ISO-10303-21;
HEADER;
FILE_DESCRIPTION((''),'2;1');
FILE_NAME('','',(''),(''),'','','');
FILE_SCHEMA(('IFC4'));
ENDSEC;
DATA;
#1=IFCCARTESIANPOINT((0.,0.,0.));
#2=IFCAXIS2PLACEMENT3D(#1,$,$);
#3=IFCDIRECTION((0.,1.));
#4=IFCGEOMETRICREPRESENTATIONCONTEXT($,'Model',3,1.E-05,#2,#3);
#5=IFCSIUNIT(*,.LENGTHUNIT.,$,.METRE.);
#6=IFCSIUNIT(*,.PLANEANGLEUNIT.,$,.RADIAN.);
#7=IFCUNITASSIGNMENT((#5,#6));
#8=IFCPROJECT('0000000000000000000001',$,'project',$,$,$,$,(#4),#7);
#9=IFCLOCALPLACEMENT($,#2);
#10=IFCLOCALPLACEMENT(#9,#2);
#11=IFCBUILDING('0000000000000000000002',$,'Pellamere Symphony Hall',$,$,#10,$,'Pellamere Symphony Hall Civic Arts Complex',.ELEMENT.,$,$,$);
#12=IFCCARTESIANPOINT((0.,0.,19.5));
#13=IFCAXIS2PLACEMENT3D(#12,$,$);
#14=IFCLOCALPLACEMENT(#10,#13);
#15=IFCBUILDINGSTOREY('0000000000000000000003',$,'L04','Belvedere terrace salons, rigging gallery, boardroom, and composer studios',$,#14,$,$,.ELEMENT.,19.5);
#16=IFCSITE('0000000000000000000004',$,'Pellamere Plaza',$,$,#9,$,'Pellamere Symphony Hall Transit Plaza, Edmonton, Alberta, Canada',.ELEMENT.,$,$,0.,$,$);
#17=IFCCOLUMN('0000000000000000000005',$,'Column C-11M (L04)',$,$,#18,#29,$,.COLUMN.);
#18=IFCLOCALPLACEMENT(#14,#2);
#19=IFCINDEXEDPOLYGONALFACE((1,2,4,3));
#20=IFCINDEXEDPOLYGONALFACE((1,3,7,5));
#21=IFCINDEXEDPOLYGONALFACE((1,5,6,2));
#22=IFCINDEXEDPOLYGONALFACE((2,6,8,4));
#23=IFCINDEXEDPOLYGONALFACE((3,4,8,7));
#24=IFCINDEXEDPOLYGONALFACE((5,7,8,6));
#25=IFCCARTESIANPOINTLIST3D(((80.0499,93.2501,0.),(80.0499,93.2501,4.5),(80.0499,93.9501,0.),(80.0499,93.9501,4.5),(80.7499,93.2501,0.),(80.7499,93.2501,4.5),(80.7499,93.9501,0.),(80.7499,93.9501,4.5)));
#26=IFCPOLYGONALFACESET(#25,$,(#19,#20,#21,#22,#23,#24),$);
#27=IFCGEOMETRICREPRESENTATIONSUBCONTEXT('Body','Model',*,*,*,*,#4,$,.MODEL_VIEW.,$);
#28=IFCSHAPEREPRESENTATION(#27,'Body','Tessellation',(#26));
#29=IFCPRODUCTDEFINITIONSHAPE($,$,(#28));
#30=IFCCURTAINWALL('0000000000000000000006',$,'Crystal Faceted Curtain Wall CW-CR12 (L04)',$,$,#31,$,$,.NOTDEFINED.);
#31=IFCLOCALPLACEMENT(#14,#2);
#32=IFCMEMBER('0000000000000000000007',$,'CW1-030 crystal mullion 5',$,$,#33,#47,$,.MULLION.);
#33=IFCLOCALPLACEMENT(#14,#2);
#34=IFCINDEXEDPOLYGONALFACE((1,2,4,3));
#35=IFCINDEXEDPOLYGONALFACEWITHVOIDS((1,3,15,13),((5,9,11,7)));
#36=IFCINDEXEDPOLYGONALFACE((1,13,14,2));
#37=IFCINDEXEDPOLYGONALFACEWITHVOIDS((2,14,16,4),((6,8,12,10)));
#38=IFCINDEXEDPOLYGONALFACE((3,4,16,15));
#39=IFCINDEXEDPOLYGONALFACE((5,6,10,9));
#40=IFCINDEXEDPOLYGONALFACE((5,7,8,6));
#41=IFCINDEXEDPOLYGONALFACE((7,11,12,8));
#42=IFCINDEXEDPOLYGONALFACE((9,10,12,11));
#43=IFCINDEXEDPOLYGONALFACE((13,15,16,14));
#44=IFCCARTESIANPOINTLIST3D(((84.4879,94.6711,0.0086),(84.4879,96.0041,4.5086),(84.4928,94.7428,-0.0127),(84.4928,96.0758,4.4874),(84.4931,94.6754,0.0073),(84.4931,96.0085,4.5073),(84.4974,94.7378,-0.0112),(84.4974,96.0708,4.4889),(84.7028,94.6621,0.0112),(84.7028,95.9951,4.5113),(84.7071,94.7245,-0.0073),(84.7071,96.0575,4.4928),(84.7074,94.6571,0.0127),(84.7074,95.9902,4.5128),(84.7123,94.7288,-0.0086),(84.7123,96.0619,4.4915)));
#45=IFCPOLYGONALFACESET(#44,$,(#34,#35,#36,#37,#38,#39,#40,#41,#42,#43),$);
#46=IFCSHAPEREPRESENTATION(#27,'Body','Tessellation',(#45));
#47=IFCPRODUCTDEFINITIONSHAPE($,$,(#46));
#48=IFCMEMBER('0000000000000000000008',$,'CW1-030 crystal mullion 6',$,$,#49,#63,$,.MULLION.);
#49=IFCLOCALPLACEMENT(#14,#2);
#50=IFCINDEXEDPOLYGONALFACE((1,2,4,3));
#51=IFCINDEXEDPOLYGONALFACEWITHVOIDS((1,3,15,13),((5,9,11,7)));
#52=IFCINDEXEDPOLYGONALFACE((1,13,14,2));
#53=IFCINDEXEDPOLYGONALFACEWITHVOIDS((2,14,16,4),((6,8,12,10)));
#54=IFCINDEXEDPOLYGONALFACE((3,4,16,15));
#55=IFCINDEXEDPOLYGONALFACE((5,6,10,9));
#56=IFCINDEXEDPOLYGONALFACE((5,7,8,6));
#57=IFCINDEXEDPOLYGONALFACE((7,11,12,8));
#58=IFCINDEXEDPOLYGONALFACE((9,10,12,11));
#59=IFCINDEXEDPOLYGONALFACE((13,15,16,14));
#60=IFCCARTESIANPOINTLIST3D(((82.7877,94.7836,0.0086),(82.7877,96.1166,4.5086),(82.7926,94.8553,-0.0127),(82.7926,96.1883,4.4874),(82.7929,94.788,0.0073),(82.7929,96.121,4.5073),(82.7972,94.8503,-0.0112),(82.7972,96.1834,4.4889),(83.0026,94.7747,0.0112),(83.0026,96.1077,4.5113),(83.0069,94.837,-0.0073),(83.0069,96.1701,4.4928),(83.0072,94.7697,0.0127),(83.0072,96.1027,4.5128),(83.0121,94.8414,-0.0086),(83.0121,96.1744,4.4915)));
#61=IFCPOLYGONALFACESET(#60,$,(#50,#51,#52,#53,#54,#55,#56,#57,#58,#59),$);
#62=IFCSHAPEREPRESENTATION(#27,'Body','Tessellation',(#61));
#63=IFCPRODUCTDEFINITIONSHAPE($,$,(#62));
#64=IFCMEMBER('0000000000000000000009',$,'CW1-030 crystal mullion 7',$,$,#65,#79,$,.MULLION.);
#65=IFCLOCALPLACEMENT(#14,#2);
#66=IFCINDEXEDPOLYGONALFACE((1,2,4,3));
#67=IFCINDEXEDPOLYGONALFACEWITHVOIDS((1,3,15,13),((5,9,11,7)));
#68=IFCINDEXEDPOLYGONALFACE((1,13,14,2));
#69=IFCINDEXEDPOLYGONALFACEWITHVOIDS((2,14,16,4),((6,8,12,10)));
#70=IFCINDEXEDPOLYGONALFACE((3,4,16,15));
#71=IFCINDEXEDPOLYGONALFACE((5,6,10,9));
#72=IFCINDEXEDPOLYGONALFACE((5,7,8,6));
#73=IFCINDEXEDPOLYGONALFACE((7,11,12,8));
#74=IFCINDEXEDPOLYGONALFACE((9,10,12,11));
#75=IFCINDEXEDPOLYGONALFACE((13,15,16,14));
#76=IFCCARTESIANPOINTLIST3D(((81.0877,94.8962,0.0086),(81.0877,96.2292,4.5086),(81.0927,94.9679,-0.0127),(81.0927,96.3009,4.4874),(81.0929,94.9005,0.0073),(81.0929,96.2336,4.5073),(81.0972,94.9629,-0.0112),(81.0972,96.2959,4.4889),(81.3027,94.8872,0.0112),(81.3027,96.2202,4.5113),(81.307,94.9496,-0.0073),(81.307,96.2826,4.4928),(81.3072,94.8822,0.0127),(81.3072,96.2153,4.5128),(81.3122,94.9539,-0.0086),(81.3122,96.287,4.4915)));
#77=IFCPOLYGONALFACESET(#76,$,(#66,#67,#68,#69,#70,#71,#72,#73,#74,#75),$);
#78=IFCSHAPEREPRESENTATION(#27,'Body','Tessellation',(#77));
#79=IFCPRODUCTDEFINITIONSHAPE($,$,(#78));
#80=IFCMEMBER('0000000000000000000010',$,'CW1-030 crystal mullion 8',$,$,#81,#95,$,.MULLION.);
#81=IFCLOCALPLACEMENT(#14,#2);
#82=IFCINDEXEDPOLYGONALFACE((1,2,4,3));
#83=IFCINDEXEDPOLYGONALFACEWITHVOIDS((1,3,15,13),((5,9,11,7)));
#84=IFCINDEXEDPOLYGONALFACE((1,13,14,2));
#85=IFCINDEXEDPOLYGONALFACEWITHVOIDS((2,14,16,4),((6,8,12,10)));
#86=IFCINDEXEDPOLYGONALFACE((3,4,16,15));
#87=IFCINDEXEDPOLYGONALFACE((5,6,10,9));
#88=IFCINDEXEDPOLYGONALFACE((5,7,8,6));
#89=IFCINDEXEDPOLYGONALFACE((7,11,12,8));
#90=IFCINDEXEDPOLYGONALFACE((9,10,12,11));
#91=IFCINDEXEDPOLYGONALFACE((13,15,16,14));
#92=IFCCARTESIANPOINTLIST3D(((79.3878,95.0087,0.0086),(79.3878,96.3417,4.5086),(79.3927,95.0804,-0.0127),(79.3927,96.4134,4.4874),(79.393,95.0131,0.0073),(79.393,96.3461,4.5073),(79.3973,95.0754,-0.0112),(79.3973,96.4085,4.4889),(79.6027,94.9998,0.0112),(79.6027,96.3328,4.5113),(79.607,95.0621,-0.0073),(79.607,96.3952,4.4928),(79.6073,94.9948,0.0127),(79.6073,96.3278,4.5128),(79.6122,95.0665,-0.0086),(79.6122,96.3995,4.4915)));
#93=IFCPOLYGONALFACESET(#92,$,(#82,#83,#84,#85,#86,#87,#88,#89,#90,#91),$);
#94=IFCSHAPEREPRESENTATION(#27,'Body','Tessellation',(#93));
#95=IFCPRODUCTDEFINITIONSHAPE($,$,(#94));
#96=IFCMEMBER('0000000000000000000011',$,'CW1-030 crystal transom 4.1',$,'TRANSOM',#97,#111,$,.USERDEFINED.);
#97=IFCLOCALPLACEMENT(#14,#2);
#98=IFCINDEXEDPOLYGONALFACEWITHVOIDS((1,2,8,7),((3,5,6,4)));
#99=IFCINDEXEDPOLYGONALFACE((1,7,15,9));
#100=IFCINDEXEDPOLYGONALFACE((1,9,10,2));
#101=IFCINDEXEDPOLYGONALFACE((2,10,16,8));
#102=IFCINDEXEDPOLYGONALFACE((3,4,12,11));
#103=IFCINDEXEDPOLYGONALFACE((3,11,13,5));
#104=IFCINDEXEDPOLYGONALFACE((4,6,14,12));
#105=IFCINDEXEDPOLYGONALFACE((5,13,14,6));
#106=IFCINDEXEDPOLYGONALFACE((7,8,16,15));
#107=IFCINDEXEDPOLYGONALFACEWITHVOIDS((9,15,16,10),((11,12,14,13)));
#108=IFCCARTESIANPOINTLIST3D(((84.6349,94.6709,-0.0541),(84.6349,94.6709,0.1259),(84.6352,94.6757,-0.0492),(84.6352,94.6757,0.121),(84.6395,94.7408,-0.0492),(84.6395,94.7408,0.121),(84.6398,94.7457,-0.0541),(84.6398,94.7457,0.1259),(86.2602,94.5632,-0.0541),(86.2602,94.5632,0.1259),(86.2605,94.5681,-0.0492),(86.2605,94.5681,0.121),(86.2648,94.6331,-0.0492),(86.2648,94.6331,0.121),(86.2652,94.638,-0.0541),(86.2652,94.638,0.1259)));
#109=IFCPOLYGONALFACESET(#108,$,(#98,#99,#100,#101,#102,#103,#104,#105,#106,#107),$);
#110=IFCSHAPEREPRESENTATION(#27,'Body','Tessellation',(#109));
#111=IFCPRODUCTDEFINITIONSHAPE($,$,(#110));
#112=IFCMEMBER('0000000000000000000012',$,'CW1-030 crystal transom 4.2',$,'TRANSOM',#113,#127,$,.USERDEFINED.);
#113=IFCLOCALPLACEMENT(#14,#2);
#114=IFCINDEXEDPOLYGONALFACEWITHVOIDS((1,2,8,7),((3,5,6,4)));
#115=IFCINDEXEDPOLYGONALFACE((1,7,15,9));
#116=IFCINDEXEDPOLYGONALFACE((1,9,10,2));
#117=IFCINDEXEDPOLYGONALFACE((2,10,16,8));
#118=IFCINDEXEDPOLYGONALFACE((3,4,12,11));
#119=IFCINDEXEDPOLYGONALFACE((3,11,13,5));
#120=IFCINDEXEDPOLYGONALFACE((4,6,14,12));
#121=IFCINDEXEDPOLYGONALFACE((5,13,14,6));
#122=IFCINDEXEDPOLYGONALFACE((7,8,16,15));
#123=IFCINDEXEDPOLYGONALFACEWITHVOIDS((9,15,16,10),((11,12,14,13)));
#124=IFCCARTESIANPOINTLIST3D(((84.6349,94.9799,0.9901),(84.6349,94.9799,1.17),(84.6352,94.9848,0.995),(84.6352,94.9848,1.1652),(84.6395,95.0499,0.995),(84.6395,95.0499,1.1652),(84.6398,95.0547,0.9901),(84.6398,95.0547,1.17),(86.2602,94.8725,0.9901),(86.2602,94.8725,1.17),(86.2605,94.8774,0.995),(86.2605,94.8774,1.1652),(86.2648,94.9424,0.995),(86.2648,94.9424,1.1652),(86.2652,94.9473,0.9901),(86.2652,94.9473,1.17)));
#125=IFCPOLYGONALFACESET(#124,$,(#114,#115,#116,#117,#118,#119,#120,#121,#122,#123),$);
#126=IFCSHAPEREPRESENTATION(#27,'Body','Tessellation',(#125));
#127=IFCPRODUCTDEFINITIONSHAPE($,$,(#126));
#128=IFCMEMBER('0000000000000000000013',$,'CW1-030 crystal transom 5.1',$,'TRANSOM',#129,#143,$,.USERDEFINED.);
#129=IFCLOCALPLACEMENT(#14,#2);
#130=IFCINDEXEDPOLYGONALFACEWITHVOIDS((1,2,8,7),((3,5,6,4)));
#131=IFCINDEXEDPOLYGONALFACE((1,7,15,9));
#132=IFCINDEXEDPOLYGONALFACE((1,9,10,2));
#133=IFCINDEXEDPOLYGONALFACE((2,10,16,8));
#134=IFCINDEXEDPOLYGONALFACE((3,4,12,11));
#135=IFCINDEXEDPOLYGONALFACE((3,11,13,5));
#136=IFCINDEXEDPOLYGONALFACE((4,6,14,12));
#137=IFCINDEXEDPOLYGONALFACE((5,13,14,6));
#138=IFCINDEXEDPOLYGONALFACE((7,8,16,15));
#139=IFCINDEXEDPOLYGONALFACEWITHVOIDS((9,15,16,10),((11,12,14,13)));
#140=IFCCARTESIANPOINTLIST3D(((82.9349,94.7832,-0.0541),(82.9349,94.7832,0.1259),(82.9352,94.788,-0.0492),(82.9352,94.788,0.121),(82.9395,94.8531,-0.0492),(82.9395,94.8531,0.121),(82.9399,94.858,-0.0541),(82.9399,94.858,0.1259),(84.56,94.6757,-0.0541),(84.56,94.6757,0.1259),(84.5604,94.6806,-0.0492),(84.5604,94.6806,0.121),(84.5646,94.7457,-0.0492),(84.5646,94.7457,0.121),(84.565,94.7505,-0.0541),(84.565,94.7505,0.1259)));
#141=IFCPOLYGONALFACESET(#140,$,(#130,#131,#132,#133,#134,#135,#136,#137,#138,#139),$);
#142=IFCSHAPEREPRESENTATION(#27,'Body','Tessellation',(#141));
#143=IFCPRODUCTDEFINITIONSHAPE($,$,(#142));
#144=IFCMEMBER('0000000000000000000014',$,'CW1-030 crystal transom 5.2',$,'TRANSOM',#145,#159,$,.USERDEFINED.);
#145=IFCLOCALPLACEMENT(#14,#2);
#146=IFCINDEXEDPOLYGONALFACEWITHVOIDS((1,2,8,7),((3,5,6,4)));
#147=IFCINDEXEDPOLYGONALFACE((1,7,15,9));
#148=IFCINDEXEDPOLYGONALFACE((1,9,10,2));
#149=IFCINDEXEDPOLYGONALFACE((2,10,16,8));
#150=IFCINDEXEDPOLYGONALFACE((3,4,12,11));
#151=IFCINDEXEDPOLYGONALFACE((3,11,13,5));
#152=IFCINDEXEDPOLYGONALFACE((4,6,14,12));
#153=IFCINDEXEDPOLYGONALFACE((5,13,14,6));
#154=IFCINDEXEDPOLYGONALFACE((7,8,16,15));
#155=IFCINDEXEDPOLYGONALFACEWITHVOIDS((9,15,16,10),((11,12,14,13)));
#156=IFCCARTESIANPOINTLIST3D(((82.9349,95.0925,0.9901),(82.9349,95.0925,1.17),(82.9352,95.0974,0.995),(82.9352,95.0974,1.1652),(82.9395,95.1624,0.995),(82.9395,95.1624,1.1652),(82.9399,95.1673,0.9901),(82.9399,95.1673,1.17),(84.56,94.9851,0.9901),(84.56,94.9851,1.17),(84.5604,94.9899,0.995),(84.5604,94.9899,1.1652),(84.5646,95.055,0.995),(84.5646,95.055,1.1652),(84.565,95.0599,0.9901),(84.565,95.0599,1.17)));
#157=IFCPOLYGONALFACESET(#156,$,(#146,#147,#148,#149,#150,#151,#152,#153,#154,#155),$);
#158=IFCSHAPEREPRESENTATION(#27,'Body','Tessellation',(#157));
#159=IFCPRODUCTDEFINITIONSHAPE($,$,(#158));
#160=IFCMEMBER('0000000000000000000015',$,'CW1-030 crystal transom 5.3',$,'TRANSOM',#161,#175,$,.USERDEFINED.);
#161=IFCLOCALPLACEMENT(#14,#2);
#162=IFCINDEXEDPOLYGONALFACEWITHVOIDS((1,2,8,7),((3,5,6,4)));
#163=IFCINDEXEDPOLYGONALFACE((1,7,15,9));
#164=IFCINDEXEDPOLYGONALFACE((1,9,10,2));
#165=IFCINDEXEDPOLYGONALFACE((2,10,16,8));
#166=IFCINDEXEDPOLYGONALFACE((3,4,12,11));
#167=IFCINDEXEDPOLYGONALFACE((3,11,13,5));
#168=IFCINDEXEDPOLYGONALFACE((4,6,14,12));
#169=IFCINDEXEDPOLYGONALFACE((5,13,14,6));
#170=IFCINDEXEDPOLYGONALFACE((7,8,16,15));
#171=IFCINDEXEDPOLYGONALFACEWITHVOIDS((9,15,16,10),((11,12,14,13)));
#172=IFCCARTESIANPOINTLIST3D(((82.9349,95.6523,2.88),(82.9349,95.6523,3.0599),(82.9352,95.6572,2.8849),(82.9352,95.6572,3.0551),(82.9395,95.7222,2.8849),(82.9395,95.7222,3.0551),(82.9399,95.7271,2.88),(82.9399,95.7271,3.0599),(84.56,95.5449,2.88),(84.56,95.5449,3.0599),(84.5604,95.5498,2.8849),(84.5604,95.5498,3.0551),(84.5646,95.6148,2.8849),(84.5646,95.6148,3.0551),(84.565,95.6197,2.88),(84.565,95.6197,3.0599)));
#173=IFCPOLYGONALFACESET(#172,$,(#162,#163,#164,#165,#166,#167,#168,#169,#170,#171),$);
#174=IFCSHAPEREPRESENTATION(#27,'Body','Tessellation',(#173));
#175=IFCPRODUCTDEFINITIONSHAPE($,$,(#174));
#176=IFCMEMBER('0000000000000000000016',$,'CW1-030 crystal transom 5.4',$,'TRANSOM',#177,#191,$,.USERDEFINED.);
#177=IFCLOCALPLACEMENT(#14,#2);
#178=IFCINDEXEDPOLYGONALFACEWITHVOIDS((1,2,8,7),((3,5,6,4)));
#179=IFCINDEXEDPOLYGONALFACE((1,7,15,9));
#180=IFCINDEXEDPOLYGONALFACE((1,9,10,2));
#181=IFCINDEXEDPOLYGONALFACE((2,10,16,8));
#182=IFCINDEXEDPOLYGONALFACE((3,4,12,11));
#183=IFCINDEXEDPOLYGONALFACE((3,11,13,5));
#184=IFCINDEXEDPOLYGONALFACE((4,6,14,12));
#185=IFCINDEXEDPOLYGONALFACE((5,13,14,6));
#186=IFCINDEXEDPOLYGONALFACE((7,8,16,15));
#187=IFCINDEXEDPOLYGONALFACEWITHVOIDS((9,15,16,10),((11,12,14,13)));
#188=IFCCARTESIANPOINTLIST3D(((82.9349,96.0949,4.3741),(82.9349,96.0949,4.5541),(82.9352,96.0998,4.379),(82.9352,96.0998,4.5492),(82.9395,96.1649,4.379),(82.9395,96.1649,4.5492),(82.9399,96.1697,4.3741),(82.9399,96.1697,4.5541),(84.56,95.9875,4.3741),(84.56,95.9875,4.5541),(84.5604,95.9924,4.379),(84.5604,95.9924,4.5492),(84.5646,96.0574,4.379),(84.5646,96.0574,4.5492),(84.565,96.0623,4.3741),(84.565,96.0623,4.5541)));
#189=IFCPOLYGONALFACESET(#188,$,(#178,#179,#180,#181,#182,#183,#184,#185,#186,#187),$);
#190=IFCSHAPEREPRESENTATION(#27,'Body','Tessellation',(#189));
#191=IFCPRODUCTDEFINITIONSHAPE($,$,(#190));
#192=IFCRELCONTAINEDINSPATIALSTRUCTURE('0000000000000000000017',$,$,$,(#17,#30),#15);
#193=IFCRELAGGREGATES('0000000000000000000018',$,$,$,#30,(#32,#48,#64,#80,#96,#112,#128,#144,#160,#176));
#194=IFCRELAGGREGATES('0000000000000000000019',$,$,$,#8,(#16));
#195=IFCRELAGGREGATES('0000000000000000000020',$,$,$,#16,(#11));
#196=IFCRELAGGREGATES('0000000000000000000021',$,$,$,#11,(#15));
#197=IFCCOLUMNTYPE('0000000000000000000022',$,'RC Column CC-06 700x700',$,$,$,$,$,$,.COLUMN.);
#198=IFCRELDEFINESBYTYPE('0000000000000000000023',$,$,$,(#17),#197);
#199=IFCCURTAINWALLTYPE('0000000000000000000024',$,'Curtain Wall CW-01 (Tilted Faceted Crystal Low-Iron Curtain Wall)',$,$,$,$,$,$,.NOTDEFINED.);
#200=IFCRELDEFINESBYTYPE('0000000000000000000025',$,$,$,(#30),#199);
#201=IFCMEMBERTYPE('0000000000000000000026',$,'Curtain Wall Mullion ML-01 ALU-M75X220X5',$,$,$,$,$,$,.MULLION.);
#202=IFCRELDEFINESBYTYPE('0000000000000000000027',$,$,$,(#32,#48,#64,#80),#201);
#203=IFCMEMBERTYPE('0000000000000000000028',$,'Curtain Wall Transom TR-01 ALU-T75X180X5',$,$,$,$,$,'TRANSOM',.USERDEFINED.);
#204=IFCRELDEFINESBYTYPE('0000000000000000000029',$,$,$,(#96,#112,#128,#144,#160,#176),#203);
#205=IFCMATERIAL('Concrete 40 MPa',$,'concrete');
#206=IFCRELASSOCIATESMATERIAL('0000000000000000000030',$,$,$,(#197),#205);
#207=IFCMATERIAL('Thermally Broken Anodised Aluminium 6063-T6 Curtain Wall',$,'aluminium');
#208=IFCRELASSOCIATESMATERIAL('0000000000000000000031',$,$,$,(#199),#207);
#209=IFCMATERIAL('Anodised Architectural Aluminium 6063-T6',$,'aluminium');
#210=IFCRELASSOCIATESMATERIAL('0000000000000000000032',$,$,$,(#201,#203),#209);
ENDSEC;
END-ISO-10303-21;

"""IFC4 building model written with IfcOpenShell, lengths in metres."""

from ifc_helpers import new_model, si_unit, direction, frame, origin, origin_2d, place, context, subcontext, project, spatial, rectangle, hollow_rectangle, extrude, material, material_profile, profile_set, type_object, element, aggregate, save


model = new_model("IFC4")

# Units and contexts
model_context = context("Model", 3, precision=1e-05, world=origin(), true_north=direction((0.0, 1.0)))
body_context = subcontext(model_context, "Body", "Model", "MODEL_VIEW")
ifc_project = project(units=[si_unit("LENGTHUNIT", "METRE"), si_unit("PLANEANGLEUNIT", "RADIAN")], contexts=[model_context])

# Site, building, storey
site_placement = place(None, origin())
site = spatial("IfcSite", under=ifc_project, at=site_placement, Name="Pellamere Plaza", LongName="Pellamere Symphony Hall Transit Plaza, Edmonton, Alberta, Canada", CompositionType="ELEMENT", RefElevation=0.0)
building_placement = place(site_placement, origin())
building = spatial("IfcBuilding", under=site, at=building_placement, Name="Pellamere Symphony Hall", LongName="Pellamere Symphony Hall Civic Arts Complex", CompositionType="ELEMENT")
storey_placement = place(building_placement, frame((0.0, 0.0, 19.5)))
storey = spatial("IfcBuildingStorey", under=building, at=storey_placement, Name="L04", Description="Belvedere terrace salons, rigging gallery, boardroom, and composer studios", CompositionType="ELEMENT", Elevation=19.5)

# Column
ifc_material_1 = material(Name="Concrete 40 MPa", Category="concrete")
ifc_material_profile_1 = material_profile(ifc_material_1, rectangle(XDim=0.7, YDim=0.7, at=origin_2d()), Name="RC 700x700")
ifc_profile_set_1 = profile_set([ifc_material_profile_1], Name="Concrete 40 MPa")
column_type = type_object("IfcColumnType", Name="RC Column CC-06 700x700", PredefinedType="COLUMN", material=ifc_profile_set_1)
column_placement = place(storey_placement, frame((80.3999, 93.6001, 0.0), z_axis=(0.0, 0.0, 1.0), x_axis=(1.0, 0.0, 0.0)))
element("IfcColumn", 1, at=column_placement, inside=storey, type_object=column_type, Name="Column C-11M (L04)", PredefinedType="COLUMN", context=body_context, shape_type="SweptSolid", body=[
    extrude(rectangle(XDim=0.7, YDim=0.7, at=origin_2d()), origin(), (0.0, 0.0, 1.0), 4.5),
])

# Curtain wall, members
ifc_material_2 = material(Name="Thermally Broken Anodised Aluminium 6063-T6 Curtain Wall", Category="aluminium")
curtain_wall_type = type_object("IfcCurtainWallType", Name="Curtain Wall CW-01 (Tilted Faceted Crystal Low-Iron Curtain Wall)", PredefinedType="NOTDEFINED", material=ifc_material_2)
curtain_wall_placement = place(storey_placement, origin())
curtain_wall = element("IfcCurtainWall", 2, at=curtain_wall_placement, inside=storey, type_object=curtain_wall_type, Name="Crystal Faceted Curtain Wall CW-CR12 (L04)", PredefinedType="NOTDEFINED")
ifc_material_3 = material(Name="Anodised Architectural Aluminium 6063-T6", Category="aluminium")
ifc_material_profile_2 = material_profile(ifc_material_3, hollow_rectangle(XDim=0.075, YDim=0.22, WallThickness=0.0049, at=origin_2d()), Name="ALU-M75X220X5")
ifc_profile_set_2 = profile_set([ifc_material_profile_2], Name="Anodised Architectural Aluminium 6063-T6")
member_type_1 = type_object("IfcMemberType", Name="Curtain Wall Mullion ML-01 ALU-M75X220X5", PredefinedType="MULLION", material=ifc_profile_set_2)
member_1_placement = place(storey_placement, frame((84.6001, 94.7, 0.0), z_axis=(0.0, 0.284025, 0.958817), x_axis=(0.066032, 0.956724, -0.283405)))
member_1 = element("IfcMember", 3, at=member_1_placement, type_object=member_type_1, Name="CW1-030 crystal mullion 5", PredefinedType="MULLION", context=body_context, shape_type="SweptSolid", body=[
    extrude(hollow_rectangle(XDim=0.075, YDim=0.22, WallThickness=0.0049, at=origin_2d()), origin(), (0.0, 0.0, 1.0), 4.6934),
])
member_2_placement = place(storey_placement, frame((82.8999, 94.8125, 0.0), z_axis=(0.0, 0.284025, 0.958817), x_axis=(0.066032, 0.956724, -0.283405)))
member_2 = element("IfcMember", 4, at=member_2_placement, type_object=member_type_1, Name="CW1-030 crystal mullion 6", PredefinedType="MULLION", context=body_context, shape_type="SweptSolid", body=[
    extrude(hollow_rectangle(XDim=0.075, YDim=0.22, WallThickness=0.0049, at=origin_2d()), origin(), (0.0, 0.0, 1.0), 4.6934),
])
member_3_placement = place(storey_placement, frame((81.2, 94.925, 0.0), z_axis=(0.0, 0.284025, 0.958817), x_axis=(0.066032, 0.956724, -0.283405)))
member_3 = element("IfcMember", 5, at=member_3_placement, type_object=member_type_1, Name="CW1-030 crystal mullion 7", PredefinedType="MULLION", context=body_context, shape_type="SweptSolid", body=[
    extrude(hollow_rectangle(XDim=0.075, YDim=0.22, WallThickness=0.0049, at=origin_2d()), origin(), (0.0, 0.0, 1.0), 4.6934),
])
member_4_placement = place(storey_placement, frame((79.5, 95.0376, 0.0), z_axis=(0.0, 0.284025, 0.958817), x_axis=(0.066032, 0.956724, -0.283405)))
member_4 = element("IfcMember", 6, at=member_4_placement, type_object=member_type_1, Name="CW1-030 crystal mullion 8", PredefinedType="MULLION", context=body_context, shape_type="SweptSolid", body=[
    extrude(hollow_rectangle(XDim=0.075, YDim=0.22, WallThickness=0.0049, at=origin_2d()), origin(), (0.0, 0.0, 1.0), 4.6934),
])
ifc_material_profile_3 = material_profile(ifc_material_3, hollow_rectangle(XDim=0.075, YDim=0.1799, WallThickness=0.0049, at=origin_2d()), Name="ALU-T75X180X5")
ifc_profile_set_3 = profile_set([ifc_material_profile_3], Name="Anodised Architectural Aluminium 6063-T6")
member_type_2 = type_object("IfcMemberType", Name="Curtain Wall Transom TR-01 ALU-T75X180X5", ElementType="TRANSOM", PredefinedType="USERDEFINED", material=ifc_profile_set_3)
member_5_placement = place(storey_placement, frame((86.2627, 94.6006, 0.0359), z_axis=(-0.997813, 0.066101, 0.0), x_axis=(-0.066101, -0.997813, 0.0)))
member_5 = element("IfcMember", 7, at=member_5_placement, type_object=member_type_2, Name="CW1-030 crystal transom 4.1", ObjectType="TRANSOM", PredefinedType="USERDEFINED", context=body_context, shape_type="SweptSolid", body=[
    extrude(hollow_rectangle(XDim=0.075, YDim=0.1799, WallThickness=0.0049, at=origin_2d()), origin(), (0.0, 0.0, 1.0), 1.6289),
])
member_6_placement = place(storey_placement, frame((86.2627, 94.9099, 1.0801), z_axis=(-0.997823, 0.065952, 0.0), x_axis=(-0.065952, -0.997823, 0.0)))
member_6 = element("IfcMember", 8, at=member_6_placement, type_object=member_type_2, Name="CW1-030 crystal transom 4.2", ObjectType="TRANSOM", PredefinedType="USERDEFINED", context=body_context, shape_type="SweptSolid", body=[
    extrude(hollow_rectangle(XDim=0.075, YDim=0.1799, WallThickness=0.0049, at=origin_2d()), origin(), (0.0, 0.0, 1.0), 1.6289),
])
member_7_placement = place(storey_placement, frame((84.5625, 94.7131, 0.0359), z_axis=(-0.997822, 0.065962, 0.0), x_axis=(-0.065962, -0.997822, 0.0)))
member_7 = element("IfcMember", 9, at=member_7_placement, type_object=member_type_2, Name="CW1-030 crystal transom 5.1", ObjectType="TRANSOM", PredefinedType="USERDEFINED", context=body_context, shape_type="SweptSolid", body=[
    extrude(hollow_rectangle(XDim=0.075, YDim=0.1799, WallThickness=0.0049, at=origin_2d()), origin(), (0.0, 0.0, 1.0), 1.6287),
])
member_8_placement = place(storey_placement, frame((84.5625, 95.0225, 1.0801), z_axis=(-0.997822, 0.065962, 0.0), x_axis=(-0.065962, -0.997822, 0.0)))
member_8 = element("IfcMember", 10, at=member_8_placement, type_object=member_type_2, Name="CW1-030 crystal transom 5.2", ObjectType="TRANSOM", PredefinedType="USERDEFINED", context=body_context, shape_type="SweptSolid", body=[
    extrude(hollow_rectangle(XDim=0.075, YDim=0.1799, WallThickness=0.0049, at=origin_2d()), origin(), (0.0, 0.0, 1.0), 1.6287),
])
member_9_placement = place(storey_placement, frame((84.5625, 95.5823, 2.97), z_axis=(-0.997822, 0.065962, 0.0), x_axis=(-0.065962, -0.997822, 0.0)))
member_9 = element("IfcMember", 11, at=member_9_placement, type_object=member_type_2, Name="CW1-030 crystal transom 5.3", ObjectType="TRANSOM", PredefinedType="USERDEFINED", context=body_context, shape_type="SweptSolid", body=[
    extrude(hollow_rectangle(XDim=0.075, YDim=0.1799, WallThickness=0.0049, at=origin_2d()), origin(), (0.0, 0.0, 1.0), 1.6287),
])
member_10_placement = place(storey_placement, frame((84.5625, 96.0249, 4.4641), z_axis=(-0.997822, 0.065962, 0.0), x_axis=(-0.065962, -0.997822, 0.0)))
member_10 = element("IfcMember", 12, at=member_10_placement, type_object=member_type_2, Name="CW1-030 crystal transom 5.4", ObjectType="TRANSOM", PredefinedType="USERDEFINED", context=body_context, shape_type="SweptSolid", body=[
    extrude(hollow_rectangle(XDim=0.075, YDim=0.1799, WallThickness=0.0049, at=origin_2d()), origin(), (0.0, 0.0, 1.0), 1.6287),
])

aggregate(curtain_wall, [member_1, member_2, member_3, member_4, member_5, member_6, member_7, member_8, member_9, member_10])

save(model, "model.ifc")
